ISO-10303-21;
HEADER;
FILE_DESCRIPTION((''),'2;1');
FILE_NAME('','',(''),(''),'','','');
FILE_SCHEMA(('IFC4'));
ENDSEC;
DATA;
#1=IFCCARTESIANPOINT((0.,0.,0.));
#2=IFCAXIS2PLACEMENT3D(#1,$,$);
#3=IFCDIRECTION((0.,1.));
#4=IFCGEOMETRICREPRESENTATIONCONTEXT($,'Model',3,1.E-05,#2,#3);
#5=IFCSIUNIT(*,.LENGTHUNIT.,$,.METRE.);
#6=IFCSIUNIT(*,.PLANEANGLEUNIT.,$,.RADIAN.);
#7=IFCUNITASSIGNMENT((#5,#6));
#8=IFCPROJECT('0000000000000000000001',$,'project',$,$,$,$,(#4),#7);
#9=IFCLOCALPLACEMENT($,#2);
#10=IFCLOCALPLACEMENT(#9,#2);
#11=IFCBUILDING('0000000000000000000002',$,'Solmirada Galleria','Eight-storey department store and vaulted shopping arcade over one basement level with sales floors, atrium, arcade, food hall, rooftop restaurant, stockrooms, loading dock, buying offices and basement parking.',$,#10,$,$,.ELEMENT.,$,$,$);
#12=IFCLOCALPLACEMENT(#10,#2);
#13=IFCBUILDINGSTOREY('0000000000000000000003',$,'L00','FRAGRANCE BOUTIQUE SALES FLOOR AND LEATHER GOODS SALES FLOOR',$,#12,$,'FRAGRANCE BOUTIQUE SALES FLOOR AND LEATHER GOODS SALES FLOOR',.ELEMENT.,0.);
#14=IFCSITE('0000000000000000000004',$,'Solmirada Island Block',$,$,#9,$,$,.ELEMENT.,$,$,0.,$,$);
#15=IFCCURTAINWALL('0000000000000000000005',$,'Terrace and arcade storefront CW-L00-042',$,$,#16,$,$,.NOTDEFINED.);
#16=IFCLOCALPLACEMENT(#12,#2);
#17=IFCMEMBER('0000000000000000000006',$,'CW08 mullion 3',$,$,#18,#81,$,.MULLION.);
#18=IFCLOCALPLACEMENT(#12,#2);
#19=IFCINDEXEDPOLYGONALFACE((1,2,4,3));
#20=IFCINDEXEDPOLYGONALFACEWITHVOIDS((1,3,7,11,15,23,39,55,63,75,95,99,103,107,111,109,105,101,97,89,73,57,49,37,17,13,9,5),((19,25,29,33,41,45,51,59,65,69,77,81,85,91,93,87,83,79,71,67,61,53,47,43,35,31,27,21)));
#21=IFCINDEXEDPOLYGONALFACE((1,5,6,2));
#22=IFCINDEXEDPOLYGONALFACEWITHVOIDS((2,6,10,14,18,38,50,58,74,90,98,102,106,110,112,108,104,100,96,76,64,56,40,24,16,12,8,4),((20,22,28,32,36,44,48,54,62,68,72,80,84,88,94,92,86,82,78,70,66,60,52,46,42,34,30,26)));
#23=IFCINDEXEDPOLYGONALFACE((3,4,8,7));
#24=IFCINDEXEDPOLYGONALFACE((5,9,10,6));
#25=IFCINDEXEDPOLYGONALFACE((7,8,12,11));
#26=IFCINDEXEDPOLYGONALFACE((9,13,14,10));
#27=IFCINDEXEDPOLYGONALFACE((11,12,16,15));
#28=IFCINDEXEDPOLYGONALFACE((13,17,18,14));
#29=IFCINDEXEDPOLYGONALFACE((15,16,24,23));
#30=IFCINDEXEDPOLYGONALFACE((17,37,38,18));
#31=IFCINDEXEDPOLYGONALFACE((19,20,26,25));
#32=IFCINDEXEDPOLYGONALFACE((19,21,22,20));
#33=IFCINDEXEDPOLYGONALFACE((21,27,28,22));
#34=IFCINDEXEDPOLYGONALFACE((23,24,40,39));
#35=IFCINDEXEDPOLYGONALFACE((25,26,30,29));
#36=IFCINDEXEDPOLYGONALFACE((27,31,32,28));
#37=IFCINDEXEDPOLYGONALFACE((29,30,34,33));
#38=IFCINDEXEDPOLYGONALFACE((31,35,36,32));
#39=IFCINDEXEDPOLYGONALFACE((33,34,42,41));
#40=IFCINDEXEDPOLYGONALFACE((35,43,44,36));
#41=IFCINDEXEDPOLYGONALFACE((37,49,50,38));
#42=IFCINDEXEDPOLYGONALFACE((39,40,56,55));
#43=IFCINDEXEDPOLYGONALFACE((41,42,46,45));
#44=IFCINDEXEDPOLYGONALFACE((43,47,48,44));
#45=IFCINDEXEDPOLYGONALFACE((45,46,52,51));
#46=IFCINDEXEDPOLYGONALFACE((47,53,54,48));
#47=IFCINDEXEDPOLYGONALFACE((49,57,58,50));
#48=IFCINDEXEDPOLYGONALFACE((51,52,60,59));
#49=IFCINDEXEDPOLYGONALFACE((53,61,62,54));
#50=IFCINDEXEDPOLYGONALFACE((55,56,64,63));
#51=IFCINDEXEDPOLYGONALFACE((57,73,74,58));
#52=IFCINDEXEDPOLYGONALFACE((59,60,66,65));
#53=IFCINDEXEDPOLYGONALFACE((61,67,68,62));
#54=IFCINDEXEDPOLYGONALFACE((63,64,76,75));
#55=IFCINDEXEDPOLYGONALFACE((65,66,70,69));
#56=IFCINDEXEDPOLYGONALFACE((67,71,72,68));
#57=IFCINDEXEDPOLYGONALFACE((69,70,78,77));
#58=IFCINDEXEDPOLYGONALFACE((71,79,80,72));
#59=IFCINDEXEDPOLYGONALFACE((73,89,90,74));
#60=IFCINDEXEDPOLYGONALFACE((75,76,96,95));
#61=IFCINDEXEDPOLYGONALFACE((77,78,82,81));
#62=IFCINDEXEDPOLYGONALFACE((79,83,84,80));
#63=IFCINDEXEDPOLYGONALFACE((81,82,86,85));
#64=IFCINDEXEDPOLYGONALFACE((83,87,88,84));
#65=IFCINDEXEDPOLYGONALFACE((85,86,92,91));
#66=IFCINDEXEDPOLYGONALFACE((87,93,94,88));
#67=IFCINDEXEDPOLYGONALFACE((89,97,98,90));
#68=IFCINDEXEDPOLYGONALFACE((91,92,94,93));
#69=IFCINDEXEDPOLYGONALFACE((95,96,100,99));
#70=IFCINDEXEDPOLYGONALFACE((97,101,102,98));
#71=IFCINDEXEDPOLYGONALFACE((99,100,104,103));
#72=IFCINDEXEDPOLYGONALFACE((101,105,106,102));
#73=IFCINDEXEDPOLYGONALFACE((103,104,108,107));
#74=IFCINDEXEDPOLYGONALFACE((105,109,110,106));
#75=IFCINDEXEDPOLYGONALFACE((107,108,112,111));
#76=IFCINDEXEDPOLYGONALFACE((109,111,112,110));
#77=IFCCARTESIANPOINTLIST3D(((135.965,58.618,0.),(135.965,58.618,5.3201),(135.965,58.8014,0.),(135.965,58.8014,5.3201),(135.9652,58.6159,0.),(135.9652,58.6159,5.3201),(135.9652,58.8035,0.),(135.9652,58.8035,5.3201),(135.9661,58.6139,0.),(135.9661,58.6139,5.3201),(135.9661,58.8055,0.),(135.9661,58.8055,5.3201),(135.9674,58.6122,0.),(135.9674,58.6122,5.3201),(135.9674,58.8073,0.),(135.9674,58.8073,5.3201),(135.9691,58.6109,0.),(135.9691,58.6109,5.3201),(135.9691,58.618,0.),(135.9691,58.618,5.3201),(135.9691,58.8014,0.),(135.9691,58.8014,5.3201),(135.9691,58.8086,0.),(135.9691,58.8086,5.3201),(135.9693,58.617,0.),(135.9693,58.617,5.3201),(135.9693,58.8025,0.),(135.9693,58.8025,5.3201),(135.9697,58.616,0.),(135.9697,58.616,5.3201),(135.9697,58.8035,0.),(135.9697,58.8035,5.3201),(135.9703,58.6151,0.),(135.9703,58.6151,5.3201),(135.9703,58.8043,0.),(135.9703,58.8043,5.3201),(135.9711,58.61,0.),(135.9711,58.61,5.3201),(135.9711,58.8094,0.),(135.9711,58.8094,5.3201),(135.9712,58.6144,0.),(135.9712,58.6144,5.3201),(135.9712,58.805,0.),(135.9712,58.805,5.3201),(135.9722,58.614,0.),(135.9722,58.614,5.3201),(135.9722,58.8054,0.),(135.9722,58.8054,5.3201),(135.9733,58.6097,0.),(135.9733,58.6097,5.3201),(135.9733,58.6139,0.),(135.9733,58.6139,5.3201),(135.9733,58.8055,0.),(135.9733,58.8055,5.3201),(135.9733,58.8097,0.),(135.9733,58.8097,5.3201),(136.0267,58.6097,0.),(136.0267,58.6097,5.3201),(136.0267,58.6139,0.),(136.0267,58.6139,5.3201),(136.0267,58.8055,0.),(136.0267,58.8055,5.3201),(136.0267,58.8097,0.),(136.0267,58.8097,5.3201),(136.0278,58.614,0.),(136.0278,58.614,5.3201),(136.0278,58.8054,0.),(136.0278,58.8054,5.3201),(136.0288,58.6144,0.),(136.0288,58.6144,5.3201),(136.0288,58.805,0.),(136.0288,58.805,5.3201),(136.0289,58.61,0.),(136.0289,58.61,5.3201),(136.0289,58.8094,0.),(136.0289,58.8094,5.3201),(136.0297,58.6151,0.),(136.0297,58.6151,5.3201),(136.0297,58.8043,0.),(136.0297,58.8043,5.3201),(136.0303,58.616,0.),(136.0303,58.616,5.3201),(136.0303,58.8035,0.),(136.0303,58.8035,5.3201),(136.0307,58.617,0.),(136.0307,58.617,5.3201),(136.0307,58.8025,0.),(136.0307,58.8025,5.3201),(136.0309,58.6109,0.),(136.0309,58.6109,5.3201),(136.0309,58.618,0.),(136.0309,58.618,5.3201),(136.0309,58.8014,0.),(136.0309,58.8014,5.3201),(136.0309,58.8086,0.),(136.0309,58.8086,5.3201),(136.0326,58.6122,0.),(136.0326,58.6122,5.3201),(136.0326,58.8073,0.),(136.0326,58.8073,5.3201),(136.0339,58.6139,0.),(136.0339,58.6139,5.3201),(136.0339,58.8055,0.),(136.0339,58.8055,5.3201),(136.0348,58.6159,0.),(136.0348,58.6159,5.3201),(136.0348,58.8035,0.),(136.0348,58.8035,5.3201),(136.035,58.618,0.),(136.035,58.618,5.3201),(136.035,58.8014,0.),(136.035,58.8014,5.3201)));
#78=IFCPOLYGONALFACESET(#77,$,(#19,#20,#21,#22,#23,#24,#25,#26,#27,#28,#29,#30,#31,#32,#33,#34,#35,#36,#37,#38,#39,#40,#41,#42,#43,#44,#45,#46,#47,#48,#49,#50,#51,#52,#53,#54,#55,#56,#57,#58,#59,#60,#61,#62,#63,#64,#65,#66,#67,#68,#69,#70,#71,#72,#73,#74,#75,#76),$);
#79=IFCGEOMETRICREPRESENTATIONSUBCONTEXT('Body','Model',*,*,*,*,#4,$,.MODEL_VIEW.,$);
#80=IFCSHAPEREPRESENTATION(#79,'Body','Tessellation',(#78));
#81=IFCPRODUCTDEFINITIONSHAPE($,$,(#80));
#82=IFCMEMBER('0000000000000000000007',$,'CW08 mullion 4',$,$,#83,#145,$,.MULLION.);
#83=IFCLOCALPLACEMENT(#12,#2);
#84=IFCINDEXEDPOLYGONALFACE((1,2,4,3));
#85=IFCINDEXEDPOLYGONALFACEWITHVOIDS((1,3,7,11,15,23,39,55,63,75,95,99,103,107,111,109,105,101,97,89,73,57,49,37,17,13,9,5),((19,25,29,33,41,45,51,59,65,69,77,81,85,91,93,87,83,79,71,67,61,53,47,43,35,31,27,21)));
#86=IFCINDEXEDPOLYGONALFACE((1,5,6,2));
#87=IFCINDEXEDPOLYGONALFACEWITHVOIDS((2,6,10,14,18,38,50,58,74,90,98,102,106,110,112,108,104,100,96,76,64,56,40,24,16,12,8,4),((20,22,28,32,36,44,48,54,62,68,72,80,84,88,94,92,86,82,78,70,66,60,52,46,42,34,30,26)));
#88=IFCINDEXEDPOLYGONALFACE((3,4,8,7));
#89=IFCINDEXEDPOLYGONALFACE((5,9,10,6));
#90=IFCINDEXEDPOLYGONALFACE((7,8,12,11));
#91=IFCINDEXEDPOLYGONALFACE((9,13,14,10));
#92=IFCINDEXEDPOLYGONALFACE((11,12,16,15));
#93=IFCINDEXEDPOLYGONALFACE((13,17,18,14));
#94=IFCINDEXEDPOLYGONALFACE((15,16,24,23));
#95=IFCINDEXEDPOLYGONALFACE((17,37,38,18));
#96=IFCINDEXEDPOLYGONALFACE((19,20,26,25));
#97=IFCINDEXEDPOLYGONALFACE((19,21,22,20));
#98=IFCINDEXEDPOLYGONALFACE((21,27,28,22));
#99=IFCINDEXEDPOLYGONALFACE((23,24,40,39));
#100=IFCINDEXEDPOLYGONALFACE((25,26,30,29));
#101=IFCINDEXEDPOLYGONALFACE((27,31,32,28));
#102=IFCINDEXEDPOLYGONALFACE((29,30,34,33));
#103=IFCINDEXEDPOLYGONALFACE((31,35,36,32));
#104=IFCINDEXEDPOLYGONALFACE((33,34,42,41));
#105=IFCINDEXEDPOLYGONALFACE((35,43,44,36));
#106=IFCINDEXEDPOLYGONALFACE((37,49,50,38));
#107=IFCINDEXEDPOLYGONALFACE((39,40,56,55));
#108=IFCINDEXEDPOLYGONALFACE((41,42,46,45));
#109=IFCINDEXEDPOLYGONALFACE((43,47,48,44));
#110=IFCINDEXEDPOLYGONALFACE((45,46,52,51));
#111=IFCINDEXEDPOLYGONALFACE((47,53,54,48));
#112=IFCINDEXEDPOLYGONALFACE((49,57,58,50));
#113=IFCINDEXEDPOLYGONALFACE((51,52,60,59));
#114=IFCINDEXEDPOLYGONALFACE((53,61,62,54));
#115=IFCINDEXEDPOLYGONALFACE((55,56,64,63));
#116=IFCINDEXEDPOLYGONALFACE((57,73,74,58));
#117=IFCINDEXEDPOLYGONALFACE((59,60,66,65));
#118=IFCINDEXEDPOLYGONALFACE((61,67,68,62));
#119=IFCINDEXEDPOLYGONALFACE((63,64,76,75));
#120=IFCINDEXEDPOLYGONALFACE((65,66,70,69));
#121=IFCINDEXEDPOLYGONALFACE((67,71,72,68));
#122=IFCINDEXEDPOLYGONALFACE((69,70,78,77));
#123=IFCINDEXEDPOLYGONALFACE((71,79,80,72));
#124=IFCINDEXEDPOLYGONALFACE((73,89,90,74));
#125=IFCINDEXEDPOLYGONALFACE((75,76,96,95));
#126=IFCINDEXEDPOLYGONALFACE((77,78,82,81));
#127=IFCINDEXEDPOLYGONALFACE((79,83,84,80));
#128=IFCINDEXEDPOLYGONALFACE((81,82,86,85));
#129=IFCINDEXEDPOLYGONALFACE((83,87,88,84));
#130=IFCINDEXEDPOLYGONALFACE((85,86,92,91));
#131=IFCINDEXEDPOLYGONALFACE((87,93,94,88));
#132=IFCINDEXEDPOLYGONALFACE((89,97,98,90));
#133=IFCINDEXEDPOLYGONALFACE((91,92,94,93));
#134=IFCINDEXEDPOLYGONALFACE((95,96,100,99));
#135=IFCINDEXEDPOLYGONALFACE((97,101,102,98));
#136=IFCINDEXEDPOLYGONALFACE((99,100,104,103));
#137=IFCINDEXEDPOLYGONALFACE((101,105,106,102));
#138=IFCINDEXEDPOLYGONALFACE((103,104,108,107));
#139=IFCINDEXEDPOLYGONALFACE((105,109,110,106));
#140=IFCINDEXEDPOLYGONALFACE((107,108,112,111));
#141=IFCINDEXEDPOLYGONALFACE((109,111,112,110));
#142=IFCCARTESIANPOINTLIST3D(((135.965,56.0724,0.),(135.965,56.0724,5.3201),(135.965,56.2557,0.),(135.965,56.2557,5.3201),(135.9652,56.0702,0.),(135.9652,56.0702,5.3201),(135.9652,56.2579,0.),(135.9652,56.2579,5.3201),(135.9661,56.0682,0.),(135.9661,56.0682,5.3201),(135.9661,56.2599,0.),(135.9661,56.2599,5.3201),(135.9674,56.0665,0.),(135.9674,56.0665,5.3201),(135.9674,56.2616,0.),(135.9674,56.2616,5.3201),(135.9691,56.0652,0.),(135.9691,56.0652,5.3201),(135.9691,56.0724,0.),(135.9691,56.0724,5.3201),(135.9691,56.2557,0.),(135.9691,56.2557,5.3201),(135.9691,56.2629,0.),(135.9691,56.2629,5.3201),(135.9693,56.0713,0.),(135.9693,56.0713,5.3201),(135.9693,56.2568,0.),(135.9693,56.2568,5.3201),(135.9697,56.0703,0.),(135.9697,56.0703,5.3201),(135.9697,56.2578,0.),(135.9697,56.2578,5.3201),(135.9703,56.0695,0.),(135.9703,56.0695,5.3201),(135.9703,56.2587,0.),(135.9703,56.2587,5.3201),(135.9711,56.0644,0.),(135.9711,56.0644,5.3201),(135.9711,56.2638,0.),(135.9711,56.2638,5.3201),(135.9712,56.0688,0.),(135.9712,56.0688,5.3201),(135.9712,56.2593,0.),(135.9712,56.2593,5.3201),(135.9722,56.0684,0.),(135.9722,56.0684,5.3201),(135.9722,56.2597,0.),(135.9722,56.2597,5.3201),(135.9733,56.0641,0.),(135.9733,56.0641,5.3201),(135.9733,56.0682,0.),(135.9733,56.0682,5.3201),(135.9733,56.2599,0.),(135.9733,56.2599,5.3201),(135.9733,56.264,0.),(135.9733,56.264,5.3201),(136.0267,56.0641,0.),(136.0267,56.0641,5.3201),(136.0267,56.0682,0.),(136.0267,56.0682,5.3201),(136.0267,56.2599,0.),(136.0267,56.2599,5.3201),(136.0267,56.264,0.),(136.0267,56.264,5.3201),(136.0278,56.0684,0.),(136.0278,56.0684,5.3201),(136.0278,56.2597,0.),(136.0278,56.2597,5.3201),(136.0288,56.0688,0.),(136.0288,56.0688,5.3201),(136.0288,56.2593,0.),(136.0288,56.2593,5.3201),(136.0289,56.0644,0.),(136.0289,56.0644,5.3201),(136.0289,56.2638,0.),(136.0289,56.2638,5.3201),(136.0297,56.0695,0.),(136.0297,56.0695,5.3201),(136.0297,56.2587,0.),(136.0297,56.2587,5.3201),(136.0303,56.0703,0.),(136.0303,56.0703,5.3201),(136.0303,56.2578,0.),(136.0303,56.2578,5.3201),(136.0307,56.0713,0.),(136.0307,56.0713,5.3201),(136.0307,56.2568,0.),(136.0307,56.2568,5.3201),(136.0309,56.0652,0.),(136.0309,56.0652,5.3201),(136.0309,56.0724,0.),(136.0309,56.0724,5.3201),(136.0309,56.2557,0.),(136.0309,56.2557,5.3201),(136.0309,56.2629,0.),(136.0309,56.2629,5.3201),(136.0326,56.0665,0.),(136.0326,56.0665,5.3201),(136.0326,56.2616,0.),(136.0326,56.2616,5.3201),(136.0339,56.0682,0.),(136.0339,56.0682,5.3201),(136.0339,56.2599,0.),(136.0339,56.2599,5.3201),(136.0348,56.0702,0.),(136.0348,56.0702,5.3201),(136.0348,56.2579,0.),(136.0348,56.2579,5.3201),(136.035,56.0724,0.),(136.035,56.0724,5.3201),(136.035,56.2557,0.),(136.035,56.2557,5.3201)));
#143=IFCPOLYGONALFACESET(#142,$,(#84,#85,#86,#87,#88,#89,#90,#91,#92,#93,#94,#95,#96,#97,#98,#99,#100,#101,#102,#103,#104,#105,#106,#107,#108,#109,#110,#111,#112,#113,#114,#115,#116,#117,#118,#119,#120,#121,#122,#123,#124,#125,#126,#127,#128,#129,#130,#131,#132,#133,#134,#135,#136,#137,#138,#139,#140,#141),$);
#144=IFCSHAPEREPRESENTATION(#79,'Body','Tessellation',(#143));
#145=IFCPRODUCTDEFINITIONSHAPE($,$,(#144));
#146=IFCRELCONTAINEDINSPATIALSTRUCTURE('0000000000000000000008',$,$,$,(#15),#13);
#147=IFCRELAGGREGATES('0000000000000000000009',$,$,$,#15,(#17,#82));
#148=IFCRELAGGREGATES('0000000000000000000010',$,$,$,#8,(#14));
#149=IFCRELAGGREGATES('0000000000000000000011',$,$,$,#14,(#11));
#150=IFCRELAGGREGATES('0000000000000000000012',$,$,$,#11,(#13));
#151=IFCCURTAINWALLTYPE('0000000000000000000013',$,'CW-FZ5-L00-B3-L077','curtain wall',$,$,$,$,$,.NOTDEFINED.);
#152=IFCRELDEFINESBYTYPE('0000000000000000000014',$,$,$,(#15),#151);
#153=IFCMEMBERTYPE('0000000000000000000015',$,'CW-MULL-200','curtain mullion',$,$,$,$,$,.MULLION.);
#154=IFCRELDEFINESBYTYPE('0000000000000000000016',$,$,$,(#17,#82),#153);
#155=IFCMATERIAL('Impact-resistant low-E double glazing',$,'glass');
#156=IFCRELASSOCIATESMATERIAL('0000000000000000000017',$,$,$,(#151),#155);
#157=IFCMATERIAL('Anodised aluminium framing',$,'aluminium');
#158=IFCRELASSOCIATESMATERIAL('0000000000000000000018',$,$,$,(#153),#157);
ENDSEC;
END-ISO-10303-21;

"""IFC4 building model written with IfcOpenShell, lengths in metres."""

from ifc_helpers import new_model, si_unit, direction, frame, origin, origin_2d, place, context, subcontext, project, spatial, hollow_rectangle, extrude, material, material_profile, profile_set, type_object, element, aggregate, save


model = new_model("IFC4")

# Units and contexts
model_context = context("Model", 3, precision=1e-05, world=origin(), true_north=direction((0.0, 1.0)))
body_context = subcontext(model_context, "Body", "Model", "MODEL_VIEW")
ifc_project = project(units=[si_unit("LENGTHUNIT", "METRE"), si_unit("PLANEANGLEUNIT", "RADIAN")], contexts=[model_context])

# Site, building, storey
site_placement = place(None, origin())
site = spatial("IfcSite", under=ifc_project, at=site_placement, Name="Solmirada Island Block", CompositionType="ELEMENT", RefElevation=0.0)
building_placement = place(site_placement, origin())
building = spatial("IfcBuilding", under=site, at=building_placement, Name="Solmirada Galleria", Description="Eight-storey department store and vaulted shopping arcade over one basement level with sales floors, atrium, arcade, food hall, rooftop restaurant, stockrooms, loading dock, buying offices and basement parking.", CompositionType="ELEMENT")
storey_placement = place(building_placement, origin())
storey = spatial("IfcBuildingStorey", under=building, at=storey_placement, Name="L00", Description="FRAGRANCE BOUTIQUE SALES FLOOR AND LEATHER GOODS SALES FLOOR", LongName="FRAGRANCE BOUTIQUE SALES FLOOR AND LEATHER GOODS SALES FLOOR", CompositionType="ELEMENT", Elevation=0.0)

# Curtain wall, members
ifc_material_1 = material(Name="Impact-resistant low-E double glazing", Category="glass")
curtain_wall_type = type_object("IfcCurtainWallType", Name="CW-FZ5-L00-B3-L077", Description="curtain wall", PredefinedType="NOTDEFINED", material=ifc_material_1)
ifc_material_2 = material(Name="Anodised aluminium framing", Category="aluminium")
ifc_material_profile_1 = material_profile(ifc_material_2, hollow_rectangle(XDim=0.0701, YDim=0.2, WallThickness=0.0042, InnerFilletRadius=0.0042, OuterFilletRadius=0.0083, at=origin_2d()), Name="ALU-MULL-200X70")
ifc_profile_set_1 = profile_set([ifc_material_profile_1], Name="Anodised aluminium framing")
member_type_1 = type_object("IfcMemberType", Name="CW-MULL-200", Description="curtain mullion", PredefinedType="MULLION", material=ifc_profile_set_1)
curtain_wall_1_placement = place(storey_placement, origin())
curtain_wall_1 = element("IfcCurtainWall", 1, at=curtain_wall_1_placement, inside=storey, type_object=curtain_wall_type, Name="Terrace and arcade storefront CW-L00-042", PredefinedType="NOTDEFINED")
member_1_placement = place(storey_placement, frame((136.0, 58.7097, 0.0), z_axis=(0.0, 0.0, 1.0), x_axis=(1.0, 0.0, 0.0)))
member_1 = element("IfcMember", 2, at=member_1_placement, type_object=member_type_1, Name="CW08 mullion 3", PredefinedType="MULLION", context=body_context, shape_type="SweptSolid", body=[
    extrude(hollow_rectangle(XDim=0.0701, YDim=0.2, WallThickness=0.0042, InnerFilletRadius=0.0042, OuterFilletRadius=0.0083, at=origin_2d()), origin(), (0.0, 0.0, 1.0), 5.3201),
])
member_2_placement = place(storey_placement, frame((136.0, 56.1641, 0.0), z_axis=(0.0, 0.0, 1.0), x_axis=(1.0, 0.0, 0.0)))
member_2 = element("IfcMember", 3, at=member_2_placement, type_object=member_type_1, Name="CW08 mullion 4", PredefinedType="MULLION", context=body_context, shape_type="SweptSolid", body=[
    extrude(hollow_rectangle(XDim=0.0701, YDim=0.2, WallThickness=0.0042, InnerFilletRadius=0.0042, OuterFilletRadius=0.0083, at=origin_2d()), origin(), (0.0, 0.0, 1.0), 5.3201),
])

aggregate(curtain_wall_1, [member_1, member_2])

save(model, "model.ifc")
